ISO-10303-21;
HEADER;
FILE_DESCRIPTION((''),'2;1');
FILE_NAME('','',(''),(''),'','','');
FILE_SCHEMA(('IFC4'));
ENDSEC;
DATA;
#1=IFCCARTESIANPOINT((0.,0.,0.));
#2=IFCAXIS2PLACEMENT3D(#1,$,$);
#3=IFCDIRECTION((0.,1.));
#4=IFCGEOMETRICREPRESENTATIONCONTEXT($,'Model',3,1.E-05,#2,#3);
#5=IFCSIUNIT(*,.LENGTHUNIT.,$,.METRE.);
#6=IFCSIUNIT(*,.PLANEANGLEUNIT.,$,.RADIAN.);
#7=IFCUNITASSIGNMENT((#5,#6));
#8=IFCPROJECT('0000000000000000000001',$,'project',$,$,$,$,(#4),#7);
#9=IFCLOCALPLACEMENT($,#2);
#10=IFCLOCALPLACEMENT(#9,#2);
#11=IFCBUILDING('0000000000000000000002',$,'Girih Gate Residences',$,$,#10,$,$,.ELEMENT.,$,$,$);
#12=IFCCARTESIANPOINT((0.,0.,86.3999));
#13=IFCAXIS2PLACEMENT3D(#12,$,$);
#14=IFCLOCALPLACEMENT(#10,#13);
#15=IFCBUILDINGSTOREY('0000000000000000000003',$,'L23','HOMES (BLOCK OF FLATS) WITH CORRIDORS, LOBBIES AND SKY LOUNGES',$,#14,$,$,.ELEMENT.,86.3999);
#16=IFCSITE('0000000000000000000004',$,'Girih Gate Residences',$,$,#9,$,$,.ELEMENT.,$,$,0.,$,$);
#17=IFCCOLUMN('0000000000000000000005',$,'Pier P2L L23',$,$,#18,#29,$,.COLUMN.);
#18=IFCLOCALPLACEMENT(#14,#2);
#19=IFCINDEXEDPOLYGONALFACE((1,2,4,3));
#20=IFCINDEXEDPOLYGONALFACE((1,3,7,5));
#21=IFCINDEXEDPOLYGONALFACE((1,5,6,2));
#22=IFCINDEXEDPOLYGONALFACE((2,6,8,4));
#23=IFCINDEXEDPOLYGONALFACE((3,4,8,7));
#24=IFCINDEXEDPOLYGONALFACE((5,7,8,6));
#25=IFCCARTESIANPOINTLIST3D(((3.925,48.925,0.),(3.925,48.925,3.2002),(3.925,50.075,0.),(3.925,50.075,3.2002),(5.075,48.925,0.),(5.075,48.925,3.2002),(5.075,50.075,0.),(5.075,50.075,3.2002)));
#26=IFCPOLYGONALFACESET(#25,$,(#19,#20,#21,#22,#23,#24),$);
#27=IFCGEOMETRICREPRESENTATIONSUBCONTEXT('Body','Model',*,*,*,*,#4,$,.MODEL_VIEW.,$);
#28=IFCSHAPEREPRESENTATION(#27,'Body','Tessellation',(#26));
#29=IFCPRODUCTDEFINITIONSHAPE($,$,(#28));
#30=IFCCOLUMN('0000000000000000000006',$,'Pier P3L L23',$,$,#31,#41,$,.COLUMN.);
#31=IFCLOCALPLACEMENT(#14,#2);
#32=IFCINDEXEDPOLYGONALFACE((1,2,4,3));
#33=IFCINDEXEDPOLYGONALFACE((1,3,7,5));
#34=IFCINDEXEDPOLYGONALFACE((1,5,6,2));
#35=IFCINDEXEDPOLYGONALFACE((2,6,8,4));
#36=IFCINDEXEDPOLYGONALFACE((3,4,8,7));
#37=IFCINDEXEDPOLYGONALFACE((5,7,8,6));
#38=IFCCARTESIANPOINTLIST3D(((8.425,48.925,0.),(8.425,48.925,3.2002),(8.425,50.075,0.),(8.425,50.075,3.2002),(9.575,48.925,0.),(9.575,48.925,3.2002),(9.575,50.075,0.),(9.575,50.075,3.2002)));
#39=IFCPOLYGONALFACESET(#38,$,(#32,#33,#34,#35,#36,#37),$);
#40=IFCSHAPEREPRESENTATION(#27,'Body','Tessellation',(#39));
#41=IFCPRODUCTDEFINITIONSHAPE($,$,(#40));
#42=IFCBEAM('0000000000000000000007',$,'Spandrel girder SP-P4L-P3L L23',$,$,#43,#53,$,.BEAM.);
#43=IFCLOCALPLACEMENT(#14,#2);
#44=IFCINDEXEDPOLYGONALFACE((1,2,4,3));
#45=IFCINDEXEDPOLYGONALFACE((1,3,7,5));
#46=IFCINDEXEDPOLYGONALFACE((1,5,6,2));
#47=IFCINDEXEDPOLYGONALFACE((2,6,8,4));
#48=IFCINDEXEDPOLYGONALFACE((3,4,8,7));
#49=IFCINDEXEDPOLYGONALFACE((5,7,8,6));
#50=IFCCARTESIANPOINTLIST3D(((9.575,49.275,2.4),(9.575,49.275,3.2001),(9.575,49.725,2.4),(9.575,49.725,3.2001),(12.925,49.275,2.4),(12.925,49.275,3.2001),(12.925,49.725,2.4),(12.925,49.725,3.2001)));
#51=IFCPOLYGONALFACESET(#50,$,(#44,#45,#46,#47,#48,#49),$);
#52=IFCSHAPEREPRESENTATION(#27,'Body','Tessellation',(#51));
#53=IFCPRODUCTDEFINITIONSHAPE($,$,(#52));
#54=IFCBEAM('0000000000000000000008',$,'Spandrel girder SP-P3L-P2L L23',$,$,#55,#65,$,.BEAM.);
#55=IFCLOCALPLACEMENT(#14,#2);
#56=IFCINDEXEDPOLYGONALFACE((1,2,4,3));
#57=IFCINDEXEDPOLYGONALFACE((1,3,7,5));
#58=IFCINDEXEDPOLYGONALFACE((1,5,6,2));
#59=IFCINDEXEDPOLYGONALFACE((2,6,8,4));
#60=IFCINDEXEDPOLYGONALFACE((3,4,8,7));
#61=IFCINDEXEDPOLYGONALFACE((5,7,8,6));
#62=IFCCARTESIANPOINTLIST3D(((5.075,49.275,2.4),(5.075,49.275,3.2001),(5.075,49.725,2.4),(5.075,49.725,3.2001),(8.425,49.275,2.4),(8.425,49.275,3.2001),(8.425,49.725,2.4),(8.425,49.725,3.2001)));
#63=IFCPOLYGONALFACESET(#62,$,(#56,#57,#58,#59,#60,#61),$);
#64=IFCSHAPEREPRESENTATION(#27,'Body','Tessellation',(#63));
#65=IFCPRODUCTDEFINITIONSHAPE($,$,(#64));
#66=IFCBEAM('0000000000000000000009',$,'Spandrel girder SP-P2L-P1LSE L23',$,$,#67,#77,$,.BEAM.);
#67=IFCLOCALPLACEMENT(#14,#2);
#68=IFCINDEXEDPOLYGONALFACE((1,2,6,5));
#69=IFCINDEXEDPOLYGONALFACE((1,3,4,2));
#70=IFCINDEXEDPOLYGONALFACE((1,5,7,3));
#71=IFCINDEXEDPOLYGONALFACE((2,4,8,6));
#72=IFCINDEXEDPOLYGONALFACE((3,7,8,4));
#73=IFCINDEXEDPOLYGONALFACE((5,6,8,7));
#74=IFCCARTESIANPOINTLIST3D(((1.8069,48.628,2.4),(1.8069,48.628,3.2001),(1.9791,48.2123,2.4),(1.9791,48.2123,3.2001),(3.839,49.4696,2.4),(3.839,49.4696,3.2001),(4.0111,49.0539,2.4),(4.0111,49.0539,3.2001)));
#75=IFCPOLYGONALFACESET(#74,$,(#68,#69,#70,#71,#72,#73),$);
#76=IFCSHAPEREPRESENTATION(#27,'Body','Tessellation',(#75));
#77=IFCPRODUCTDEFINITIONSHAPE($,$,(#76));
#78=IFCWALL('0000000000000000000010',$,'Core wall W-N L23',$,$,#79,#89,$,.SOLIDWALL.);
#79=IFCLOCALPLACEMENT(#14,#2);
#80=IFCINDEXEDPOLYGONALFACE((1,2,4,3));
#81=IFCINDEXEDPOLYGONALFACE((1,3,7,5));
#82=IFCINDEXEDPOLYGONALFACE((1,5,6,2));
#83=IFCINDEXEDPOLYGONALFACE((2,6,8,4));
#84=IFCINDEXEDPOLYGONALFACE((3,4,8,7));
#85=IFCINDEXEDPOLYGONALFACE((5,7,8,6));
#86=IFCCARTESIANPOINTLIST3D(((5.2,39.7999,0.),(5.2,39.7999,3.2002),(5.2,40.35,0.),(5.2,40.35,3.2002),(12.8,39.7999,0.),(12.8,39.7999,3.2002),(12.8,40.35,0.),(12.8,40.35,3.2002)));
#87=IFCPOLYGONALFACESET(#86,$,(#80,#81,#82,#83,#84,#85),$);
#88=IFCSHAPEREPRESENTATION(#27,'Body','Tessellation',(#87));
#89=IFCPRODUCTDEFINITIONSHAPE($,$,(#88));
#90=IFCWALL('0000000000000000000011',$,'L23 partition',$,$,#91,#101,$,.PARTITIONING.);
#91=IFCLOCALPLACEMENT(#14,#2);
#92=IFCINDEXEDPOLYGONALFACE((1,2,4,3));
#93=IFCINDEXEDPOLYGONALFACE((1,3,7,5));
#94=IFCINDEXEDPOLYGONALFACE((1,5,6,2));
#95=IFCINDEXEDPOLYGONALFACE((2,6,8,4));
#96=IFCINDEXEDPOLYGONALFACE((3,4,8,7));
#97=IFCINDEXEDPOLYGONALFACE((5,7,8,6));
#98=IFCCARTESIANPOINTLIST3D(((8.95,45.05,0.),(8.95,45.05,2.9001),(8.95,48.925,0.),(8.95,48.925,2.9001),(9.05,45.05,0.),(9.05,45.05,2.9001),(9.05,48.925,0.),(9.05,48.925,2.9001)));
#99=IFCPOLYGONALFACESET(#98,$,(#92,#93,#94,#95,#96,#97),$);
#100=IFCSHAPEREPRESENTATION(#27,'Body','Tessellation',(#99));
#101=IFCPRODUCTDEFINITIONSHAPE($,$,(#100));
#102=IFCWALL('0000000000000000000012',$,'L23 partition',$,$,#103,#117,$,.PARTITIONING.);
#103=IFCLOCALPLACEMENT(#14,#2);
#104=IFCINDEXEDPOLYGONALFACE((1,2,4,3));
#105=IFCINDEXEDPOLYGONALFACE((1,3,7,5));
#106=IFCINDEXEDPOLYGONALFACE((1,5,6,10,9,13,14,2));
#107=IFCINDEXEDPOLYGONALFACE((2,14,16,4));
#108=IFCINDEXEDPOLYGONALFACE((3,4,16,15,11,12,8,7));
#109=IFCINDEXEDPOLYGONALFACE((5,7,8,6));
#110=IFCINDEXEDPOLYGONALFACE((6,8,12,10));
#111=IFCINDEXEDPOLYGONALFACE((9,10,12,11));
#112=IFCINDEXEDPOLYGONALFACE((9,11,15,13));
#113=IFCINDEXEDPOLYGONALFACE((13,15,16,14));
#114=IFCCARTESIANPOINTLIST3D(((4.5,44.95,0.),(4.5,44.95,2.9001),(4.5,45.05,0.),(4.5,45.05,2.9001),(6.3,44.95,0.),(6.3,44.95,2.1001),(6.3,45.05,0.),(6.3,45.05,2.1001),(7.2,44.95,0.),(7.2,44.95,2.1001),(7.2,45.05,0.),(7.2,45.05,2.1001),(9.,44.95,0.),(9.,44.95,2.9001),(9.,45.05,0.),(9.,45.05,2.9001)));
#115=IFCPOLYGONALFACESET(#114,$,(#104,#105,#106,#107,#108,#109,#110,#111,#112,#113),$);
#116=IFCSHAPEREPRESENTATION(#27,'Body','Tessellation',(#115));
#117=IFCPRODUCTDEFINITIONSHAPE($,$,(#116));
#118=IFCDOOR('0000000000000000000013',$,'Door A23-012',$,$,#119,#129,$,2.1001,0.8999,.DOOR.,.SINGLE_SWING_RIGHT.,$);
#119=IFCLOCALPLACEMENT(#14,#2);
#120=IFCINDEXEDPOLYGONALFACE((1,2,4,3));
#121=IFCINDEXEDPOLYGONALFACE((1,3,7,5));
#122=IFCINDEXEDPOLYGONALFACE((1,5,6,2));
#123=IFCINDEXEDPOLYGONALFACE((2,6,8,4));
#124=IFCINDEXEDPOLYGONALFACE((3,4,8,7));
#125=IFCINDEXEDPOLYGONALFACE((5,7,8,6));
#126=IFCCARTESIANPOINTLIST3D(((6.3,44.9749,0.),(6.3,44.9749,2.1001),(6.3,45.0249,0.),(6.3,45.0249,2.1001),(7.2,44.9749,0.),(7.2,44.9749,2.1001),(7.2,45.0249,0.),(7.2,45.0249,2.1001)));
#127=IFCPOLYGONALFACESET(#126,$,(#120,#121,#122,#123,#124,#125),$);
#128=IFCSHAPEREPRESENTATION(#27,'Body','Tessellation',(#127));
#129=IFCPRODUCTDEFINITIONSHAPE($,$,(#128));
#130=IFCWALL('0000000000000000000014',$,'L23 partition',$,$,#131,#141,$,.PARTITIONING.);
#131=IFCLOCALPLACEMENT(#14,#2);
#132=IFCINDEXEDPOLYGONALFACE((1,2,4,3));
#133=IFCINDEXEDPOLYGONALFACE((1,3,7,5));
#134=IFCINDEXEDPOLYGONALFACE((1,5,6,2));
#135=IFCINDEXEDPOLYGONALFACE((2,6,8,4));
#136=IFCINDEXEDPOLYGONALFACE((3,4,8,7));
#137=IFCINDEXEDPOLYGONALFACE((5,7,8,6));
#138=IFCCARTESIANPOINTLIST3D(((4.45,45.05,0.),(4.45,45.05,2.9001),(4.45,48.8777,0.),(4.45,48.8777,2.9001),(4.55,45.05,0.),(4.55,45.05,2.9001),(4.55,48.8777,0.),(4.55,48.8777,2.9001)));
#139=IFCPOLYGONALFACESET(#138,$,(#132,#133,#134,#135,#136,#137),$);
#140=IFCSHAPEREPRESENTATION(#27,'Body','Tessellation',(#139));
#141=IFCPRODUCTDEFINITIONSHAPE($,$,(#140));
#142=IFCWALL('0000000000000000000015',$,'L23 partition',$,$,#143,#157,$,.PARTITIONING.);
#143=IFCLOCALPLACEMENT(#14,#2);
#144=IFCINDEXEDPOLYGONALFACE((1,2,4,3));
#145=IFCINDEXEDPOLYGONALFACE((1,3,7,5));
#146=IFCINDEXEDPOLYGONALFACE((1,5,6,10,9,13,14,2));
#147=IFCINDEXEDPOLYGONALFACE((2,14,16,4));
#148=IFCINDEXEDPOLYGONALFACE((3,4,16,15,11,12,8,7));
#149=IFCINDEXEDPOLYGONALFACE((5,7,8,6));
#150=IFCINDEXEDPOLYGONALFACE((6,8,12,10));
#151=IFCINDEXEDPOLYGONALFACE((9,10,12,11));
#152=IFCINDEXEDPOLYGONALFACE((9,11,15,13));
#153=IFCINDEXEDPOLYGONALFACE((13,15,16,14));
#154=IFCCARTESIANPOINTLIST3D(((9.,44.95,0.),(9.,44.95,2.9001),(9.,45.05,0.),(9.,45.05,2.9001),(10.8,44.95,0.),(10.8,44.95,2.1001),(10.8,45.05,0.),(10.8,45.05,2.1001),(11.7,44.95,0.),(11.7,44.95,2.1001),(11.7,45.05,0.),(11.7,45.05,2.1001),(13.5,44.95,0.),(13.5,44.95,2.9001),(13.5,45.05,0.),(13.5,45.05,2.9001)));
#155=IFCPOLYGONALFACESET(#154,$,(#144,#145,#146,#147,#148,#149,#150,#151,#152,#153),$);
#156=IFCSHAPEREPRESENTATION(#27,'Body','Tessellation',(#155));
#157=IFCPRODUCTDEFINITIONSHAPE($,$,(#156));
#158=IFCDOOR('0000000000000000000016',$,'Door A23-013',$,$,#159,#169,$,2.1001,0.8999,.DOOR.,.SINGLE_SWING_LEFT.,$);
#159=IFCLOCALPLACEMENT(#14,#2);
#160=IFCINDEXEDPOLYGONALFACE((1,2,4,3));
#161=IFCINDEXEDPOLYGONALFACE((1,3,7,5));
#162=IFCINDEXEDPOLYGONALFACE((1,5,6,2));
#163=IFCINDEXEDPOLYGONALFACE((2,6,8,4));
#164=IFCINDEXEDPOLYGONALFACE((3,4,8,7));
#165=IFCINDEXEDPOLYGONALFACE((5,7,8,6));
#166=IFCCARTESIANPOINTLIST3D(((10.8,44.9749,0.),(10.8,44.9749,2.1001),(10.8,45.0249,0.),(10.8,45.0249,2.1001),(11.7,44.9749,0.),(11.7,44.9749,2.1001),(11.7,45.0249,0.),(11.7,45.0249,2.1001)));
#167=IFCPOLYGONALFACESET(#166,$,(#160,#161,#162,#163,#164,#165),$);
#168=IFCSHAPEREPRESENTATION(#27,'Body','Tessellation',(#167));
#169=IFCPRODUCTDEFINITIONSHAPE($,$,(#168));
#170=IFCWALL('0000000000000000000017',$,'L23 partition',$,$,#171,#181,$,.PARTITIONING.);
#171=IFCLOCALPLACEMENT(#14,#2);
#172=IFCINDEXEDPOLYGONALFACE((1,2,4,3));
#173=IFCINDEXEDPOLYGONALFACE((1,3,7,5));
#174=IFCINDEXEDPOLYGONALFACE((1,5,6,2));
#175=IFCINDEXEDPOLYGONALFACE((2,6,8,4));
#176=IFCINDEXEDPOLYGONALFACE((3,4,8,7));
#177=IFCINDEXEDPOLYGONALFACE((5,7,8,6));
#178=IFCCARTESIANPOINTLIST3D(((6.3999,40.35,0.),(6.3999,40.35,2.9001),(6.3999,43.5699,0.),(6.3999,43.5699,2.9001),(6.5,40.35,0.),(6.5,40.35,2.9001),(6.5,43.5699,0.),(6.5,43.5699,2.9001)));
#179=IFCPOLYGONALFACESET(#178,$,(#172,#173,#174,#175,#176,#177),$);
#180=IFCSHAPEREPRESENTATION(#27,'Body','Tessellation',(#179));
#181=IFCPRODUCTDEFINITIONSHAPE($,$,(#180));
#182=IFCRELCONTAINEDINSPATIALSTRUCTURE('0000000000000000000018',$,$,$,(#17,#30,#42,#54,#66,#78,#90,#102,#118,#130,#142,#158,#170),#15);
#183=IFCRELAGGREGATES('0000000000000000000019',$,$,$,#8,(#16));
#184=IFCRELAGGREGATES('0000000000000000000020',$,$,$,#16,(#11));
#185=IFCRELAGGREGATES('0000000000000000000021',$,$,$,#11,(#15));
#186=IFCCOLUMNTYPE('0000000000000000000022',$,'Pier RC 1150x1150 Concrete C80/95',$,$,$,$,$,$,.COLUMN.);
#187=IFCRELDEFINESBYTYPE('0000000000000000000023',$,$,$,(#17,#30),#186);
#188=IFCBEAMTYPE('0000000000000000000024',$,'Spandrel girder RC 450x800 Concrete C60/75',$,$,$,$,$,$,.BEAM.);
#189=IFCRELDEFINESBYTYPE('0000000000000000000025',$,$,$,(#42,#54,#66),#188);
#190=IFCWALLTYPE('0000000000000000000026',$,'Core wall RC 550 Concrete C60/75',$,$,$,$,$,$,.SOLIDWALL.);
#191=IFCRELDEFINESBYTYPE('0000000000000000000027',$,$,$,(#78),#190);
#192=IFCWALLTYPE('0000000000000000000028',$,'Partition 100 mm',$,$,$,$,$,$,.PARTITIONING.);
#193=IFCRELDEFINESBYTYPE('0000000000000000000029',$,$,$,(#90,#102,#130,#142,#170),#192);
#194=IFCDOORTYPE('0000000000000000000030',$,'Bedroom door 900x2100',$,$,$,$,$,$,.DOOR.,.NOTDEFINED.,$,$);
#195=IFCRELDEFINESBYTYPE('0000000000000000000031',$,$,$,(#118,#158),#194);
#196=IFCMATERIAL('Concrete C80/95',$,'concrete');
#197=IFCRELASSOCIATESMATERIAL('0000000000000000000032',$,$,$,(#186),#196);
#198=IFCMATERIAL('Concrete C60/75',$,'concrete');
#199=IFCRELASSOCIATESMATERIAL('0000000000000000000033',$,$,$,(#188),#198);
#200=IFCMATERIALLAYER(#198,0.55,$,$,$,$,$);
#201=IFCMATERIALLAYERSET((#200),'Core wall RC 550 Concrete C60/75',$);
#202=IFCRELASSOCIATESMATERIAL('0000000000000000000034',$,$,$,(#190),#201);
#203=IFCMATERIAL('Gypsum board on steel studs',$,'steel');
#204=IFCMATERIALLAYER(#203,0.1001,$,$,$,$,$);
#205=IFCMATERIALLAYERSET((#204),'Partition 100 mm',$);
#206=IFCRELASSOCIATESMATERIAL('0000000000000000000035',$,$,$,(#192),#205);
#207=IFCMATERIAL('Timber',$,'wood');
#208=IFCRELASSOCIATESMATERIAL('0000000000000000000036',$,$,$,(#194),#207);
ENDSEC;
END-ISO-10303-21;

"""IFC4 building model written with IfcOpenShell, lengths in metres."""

from ifc_helpers import new_model, si_unit, direction, frame, frame_2d, origin, origin_2d, place, context, subcontext, project, spatial, rectangle, extrude, material, layer, layer_set, material_profile, profile_set, type_object, element, fill, save


model = new_model("IFC4")

# Units and contexts
model_context = context("Model", 3, precision=1e-05, world=origin(), true_north=direction((0.0, 1.0)))
body_context = subcontext(model_context, "Body", "Model", "MODEL_VIEW")
ifc_project = project(units=[si_unit("LENGTHUNIT", "METRE"), si_unit("PLANEANGLEUNIT", "RADIAN")], contexts=[model_context])

# Site, building, storey
site_placement = place(None, origin())
site = spatial("IfcSite", under=ifc_project, at=site_placement, Name="Girih Gate Residences", CompositionType="ELEMENT", RefElevation=0.0)
building_placement = place(site_placement, origin())
building = spatial("IfcBuilding", under=site, at=building_placement, Name="Girih Gate Residences", CompositionType="ELEMENT")
storey_placement = place(building_placement, frame((0.0, 0.0, 86.3999)))
storey = spatial("IfcBuildingStorey", under=building, at=storey_placement, Name="L23", Description="HOMES (BLOCK OF FLATS) WITH CORRIDORS, LOBBIES AND SKY LOUNGES", CompositionType="ELEMENT", Elevation=86.3999)

# Columns
ifc_material_1 = material(Name="Concrete C80/95", Category="concrete")
ifc_material_profile_1 = material_profile(ifc_material_1, rectangle(XDim=1.1499, YDim=1.1499, at=origin_2d()))
ifc_profile_set_1 = profile_set([ifc_material_profile_1], Name="Concrete C80/95")
column_type = type_object("IfcColumnType", Name="Pier RC 1150x1150 Concrete C80/95", PredefinedType="COLUMN", material=ifc_profile_set_1)
for number, where, z_axis, x_axis, name in (
    (1, (4.5, 49.5, 0.0), (0.0, 0.0, 1.0), (1.0, 0.0, 0.0), "Pier P2L L23"),
    (2, (9.0, 49.5, 0.0), (0.0, 0.0, 1.0), (1.0, 0.0, 0.0), "Pier P3L L23"),
):
    element("IfcColumn", number, at=place(storey_placement, frame(where, z_axis=z_axis, x_axis=x_axis)), inside=storey, type_object=column_type, Name=name, PredefinedType="COLUMN", context=body_context, shape_type="SweptSolid", body=[
        extrude(rectangle(XDim=1.1499, YDim=1.1499, at=origin_2d()), origin(), (0.0, 0.0, 1.0), 3.2002),
    ])

# Beams
ifc_material_2 = material(Name="Concrete C60/75", Category="concrete")
ifc_material_profile_2 = material_profile(ifc_material_2, rectangle(XDim=0.45, YDim=0.8, at=origin_2d()))
ifc_profile_set_2 = profile_set([ifc_material_profile_2], Name="Concrete C60/75")
beam_type = type_object("IfcBeamType", Name="Spandrel girder RC 450x800 Concrete C60/75", PredefinedType="BEAM", material=ifc_profile_set_2)
for number, where, z_axis, x_axis, name in (
    (3, (12.925, 49.5, 2.8), (-1.0, 0.0, 0.0), (0.0, -1.0, 0.0), "Spandrel girder SP-P4L-P3L L23"),
    (4, (8.425, 49.5, 2.8), (-1.0, 0.0, 0.0), (0.0, -1.0, 0.0), "Spandrel girder SP-P3L-P2L L23"),
):
    element("IfcBeam", number, at=place(storey_placement, frame(where, z_axis=z_axis, x_axis=x_axis)), inside=storey, type_object=beam_type, Name=name, PredefinedType="BEAM", context=body_context, shape_type="SweptSolid", body=[
        extrude(rectangle(XDim=0.45, YDim=0.8, at=origin_2d()), origin(), (0.0, 0.0, 1.0), 3.3501),
    ])
beam_placement = place(storey_placement, frame((3.925, 49.2617, 2.8), z_axis=(-0.923899, -0.382636, 0.0), x_axis=(0.382636, -0.923899, 0.0)))
element("IfcBeam", 5, at=beam_placement, inside=storey, type_object=beam_type, Name="Spandrel girder SP-P2L-P1LSE L23", PredefinedType="BEAM", context=body_context, shape_type="SweptSolid", body=[
    extrude(rectangle(XDim=0.45, YDim=0.8, at=origin_2d()), origin(), (0.0, 0.0, 1.0), 2.1995),
])

# Walls
ifc_layer_1 = layer(ifc_material_2, 0.55)
ifc_layer_set_1 = layer_set([ifc_layer_1], Name="Core wall RC 550 Concrete C60/75")
wall_type_1 = type_object("IfcWallType", Name="Core wall RC 550 Concrete C60/75", PredefinedType="SOLIDWALL", material=ifc_layer_set_1)
wall_1_placement = place(storey_placement, frame((5.2, 40.075, 0.0), z_axis=(0.0, 0.0, 1.0), x_axis=(1.0, 0.0, 0.0)))
element("IfcWall", 6, at=wall_1_placement, inside=storey, type_object=wall_type_1, Name="Core wall W-N L23", PredefinedType="SOLIDWALL", context=body_context, shape_type="SweptSolid", body=[
    extrude(rectangle(XDim=7.6001, YDim=0.55, at=frame_2d((3.8, 0.0))), origin(), (0.0, 0.0, 1.0), 3.2002),
])
ifc_material_3 = material(Name="Gypsum board on steel studs", Category="steel")
ifc_layer_2 = layer(ifc_material_3, 0.1001)
ifc_layer_set_2 = layer_set([ifc_layer_2], Name="Partition 100 mm")
wall_type_2 = type_object("IfcWallType", Name="Partition 100 mm", PredefinedType="PARTITIONING", material=ifc_layer_set_2)
wall_2_placement = place(storey_placement, frame((9.0, 45.05, 0.0), z_axis=(0.0, 0.0, 1.0), x_axis=(0.0, 1.0, 0.0)))
element("IfcWall", 7, at=wall_2_placement, inside=storey, type_object=wall_type_2, Name="L23 partition", PredefinedType="PARTITIONING", context=body_context, shape_type="SweptSolid", body=[
    extrude(rectangle(XDim=3.875, YDim=0.1001, at=frame_2d((1.9375, 0.0))), origin(), (0.0, 0.0, 1.0), 2.9001),
])

# Wall, opening, door
wall_3_placement = place(storey_placement, frame((4.5, 45.0, 0.0), z_axis=(0.0, 0.0, 1.0), x_axis=(1.0, 0.0, 0.0)))
wall_3 = element("IfcWall", 8, at=wall_3_placement, inside=storey, type_object=wall_type_2, Name="L23 partition", PredefinedType="PARTITIONING", context=body_context, shape_type="SweptSolid", body=[
    extrude(rectangle(XDim=4.5, YDim=0.1001, at=frame_2d((2.25, 0.0))), origin(), (0.0, 0.0, 1.0), 2.9001),
])
opening_1_placement = place(wall_3_placement, frame((1.8, 0.0, 0.0)))
opening_1 = element("IfcOpeningElement", 9, at=opening_1_placement, cuts=wall_3, PredefinedType="OPENING", context=body_context, shape_type="SweptSolid", body=[
    extrude(rectangle(XDim=0.8999, YDim=2.1001, at=frame_2d((0.45, 1.05))), frame((0.0, 0.0601, 0.0), z_axis=(0.0, -1.0, 0.0), x_axis=(1.0, 0.0, 0.0)), (0.0, 0.0, 1.0), 0.1201),
])
ifc_material_4 = material(Name="Timber", Category="wood")
door_type = type_object("IfcDoorType", Name="Bedroom door 900x2100", OperationType="NOTDEFINED", PredefinedType="DOOR", material=ifc_material_4)
door_1_placement = place(opening_1_placement, origin())
door_1 = element("IfcDoor", 10, at=door_1_placement, inside=storey, type_object=door_type, Name="Door A23-012", OperationType="SINGLE_SWING_RIGHT", OverallHeight=2.1001, OverallWidth=0.8999, PredefinedType="DOOR", context=body_context, shape_type="SweptSolid", body=[
    extrude(rectangle(XDim=0.8999, YDim=2.1001, at=frame_2d((0.45, 1.05))), frame((0.0, 0.0249, 0.0), z_axis=(0.0, -1.0, 0.0), x_axis=(1.0, 0.0, 0.0)), (0.0, 0.0, 1.0), 0.05),
])
fill(opening_1, door_1)

# Wall
wall_4_placement = place(storey_placement, frame((4.5, 45.05, 0.0), z_axis=(0.0, 0.0, 1.0), x_axis=(0.0, 1.0, 0.0)))
element("IfcWall", 11, at=wall_4_placement, inside=storey, type_object=wall_type_2, Name="L23 partition", PredefinedType="PARTITIONING", context=body_context, shape_type="SweptSolid", body=[
    extrude(rectangle(XDim=3.8276, YDim=0.1001, at=frame_2d((1.9138, 0.0))), origin(), (0.0, 0.0, 1.0), 2.9001),
])

# Wall, opening, door
wall_5_placement = place(storey_placement, frame((9.0, 45.0, 0.0), z_axis=(0.0, 0.0, 1.0), x_axis=(1.0, 0.0, 0.0)))
wall_5 = element("IfcWall", 12, at=wall_5_placement, inside=storey, type_object=wall_type_2, Name="L23 partition", PredefinedType="PARTITIONING", context=body_context, shape_type="SweptSolid", body=[
    extrude(rectangle(XDim=4.5, YDim=0.1001, at=frame_2d((2.25, 0.0))), origin(), (0.0, 0.0, 1.0), 2.9001),
])
opening_2_placement = place(wall_5_placement, frame((1.8, 0.0, 0.0)))
opening_2 = element("IfcOpeningElement", 13, at=opening_2_placement, cuts=wall_5, PredefinedType="OPENING", context=body_context, shape_type="SweptSolid", body=[
    extrude(rectangle(XDim=0.8999, YDim=2.1001, at=frame_2d((0.45, 1.05))), frame((0.0, 0.0601, 0.0), z_axis=(0.0, -1.0, 0.0), x_axis=(1.0, 0.0, 0.0)), (0.0, 0.0, 1.0), 0.1201),
])
door_2_placement = place(opening_2_placement, origin())
door_2 = element("IfcDoor", 14, at=door_2_placement, inside=storey, type_object=door_type, Name="Door A23-013", OperationType="SINGLE_SWING_LEFT", OverallHeight=2.1001, OverallWidth=0.8999, PredefinedType="DOOR", context=body_context, shape_type="SweptSolid", body=[
    extrude(rectangle(XDim=0.8999, YDim=2.1001, at=frame_2d((0.45, 1.05))), frame((0.0, 0.0249, 0.0), z_axis=(0.0, -1.0, 0.0), x_axis=(1.0, 0.0, 0.0)), (0.0, 0.0, 1.0), 0.05),
])
fill(opening_2, door_2)

# Wall
wall_6_placement = place(storey_placement, frame((6.45, 40.3501, 0.0), z_axis=(0.0, 0.0, 1.0), x_axis=(0.0, 1.0, 0.0)))
element("IfcWall", 15, at=wall_6_placement, inside=storey, type_object=wall_type_2, Name="L23 partition", PredefinedType="PARTITIONING", context=body_context, shape_type="SweptSolid", body=[
    extrude(rectangle(XDim=3.22, YDim=0.1001, at=frame_2d((1.6099, 0.0))), origin(), (0.0, 0.0, 1.0), 2.9001),
])

save(model, "model.ifc")
